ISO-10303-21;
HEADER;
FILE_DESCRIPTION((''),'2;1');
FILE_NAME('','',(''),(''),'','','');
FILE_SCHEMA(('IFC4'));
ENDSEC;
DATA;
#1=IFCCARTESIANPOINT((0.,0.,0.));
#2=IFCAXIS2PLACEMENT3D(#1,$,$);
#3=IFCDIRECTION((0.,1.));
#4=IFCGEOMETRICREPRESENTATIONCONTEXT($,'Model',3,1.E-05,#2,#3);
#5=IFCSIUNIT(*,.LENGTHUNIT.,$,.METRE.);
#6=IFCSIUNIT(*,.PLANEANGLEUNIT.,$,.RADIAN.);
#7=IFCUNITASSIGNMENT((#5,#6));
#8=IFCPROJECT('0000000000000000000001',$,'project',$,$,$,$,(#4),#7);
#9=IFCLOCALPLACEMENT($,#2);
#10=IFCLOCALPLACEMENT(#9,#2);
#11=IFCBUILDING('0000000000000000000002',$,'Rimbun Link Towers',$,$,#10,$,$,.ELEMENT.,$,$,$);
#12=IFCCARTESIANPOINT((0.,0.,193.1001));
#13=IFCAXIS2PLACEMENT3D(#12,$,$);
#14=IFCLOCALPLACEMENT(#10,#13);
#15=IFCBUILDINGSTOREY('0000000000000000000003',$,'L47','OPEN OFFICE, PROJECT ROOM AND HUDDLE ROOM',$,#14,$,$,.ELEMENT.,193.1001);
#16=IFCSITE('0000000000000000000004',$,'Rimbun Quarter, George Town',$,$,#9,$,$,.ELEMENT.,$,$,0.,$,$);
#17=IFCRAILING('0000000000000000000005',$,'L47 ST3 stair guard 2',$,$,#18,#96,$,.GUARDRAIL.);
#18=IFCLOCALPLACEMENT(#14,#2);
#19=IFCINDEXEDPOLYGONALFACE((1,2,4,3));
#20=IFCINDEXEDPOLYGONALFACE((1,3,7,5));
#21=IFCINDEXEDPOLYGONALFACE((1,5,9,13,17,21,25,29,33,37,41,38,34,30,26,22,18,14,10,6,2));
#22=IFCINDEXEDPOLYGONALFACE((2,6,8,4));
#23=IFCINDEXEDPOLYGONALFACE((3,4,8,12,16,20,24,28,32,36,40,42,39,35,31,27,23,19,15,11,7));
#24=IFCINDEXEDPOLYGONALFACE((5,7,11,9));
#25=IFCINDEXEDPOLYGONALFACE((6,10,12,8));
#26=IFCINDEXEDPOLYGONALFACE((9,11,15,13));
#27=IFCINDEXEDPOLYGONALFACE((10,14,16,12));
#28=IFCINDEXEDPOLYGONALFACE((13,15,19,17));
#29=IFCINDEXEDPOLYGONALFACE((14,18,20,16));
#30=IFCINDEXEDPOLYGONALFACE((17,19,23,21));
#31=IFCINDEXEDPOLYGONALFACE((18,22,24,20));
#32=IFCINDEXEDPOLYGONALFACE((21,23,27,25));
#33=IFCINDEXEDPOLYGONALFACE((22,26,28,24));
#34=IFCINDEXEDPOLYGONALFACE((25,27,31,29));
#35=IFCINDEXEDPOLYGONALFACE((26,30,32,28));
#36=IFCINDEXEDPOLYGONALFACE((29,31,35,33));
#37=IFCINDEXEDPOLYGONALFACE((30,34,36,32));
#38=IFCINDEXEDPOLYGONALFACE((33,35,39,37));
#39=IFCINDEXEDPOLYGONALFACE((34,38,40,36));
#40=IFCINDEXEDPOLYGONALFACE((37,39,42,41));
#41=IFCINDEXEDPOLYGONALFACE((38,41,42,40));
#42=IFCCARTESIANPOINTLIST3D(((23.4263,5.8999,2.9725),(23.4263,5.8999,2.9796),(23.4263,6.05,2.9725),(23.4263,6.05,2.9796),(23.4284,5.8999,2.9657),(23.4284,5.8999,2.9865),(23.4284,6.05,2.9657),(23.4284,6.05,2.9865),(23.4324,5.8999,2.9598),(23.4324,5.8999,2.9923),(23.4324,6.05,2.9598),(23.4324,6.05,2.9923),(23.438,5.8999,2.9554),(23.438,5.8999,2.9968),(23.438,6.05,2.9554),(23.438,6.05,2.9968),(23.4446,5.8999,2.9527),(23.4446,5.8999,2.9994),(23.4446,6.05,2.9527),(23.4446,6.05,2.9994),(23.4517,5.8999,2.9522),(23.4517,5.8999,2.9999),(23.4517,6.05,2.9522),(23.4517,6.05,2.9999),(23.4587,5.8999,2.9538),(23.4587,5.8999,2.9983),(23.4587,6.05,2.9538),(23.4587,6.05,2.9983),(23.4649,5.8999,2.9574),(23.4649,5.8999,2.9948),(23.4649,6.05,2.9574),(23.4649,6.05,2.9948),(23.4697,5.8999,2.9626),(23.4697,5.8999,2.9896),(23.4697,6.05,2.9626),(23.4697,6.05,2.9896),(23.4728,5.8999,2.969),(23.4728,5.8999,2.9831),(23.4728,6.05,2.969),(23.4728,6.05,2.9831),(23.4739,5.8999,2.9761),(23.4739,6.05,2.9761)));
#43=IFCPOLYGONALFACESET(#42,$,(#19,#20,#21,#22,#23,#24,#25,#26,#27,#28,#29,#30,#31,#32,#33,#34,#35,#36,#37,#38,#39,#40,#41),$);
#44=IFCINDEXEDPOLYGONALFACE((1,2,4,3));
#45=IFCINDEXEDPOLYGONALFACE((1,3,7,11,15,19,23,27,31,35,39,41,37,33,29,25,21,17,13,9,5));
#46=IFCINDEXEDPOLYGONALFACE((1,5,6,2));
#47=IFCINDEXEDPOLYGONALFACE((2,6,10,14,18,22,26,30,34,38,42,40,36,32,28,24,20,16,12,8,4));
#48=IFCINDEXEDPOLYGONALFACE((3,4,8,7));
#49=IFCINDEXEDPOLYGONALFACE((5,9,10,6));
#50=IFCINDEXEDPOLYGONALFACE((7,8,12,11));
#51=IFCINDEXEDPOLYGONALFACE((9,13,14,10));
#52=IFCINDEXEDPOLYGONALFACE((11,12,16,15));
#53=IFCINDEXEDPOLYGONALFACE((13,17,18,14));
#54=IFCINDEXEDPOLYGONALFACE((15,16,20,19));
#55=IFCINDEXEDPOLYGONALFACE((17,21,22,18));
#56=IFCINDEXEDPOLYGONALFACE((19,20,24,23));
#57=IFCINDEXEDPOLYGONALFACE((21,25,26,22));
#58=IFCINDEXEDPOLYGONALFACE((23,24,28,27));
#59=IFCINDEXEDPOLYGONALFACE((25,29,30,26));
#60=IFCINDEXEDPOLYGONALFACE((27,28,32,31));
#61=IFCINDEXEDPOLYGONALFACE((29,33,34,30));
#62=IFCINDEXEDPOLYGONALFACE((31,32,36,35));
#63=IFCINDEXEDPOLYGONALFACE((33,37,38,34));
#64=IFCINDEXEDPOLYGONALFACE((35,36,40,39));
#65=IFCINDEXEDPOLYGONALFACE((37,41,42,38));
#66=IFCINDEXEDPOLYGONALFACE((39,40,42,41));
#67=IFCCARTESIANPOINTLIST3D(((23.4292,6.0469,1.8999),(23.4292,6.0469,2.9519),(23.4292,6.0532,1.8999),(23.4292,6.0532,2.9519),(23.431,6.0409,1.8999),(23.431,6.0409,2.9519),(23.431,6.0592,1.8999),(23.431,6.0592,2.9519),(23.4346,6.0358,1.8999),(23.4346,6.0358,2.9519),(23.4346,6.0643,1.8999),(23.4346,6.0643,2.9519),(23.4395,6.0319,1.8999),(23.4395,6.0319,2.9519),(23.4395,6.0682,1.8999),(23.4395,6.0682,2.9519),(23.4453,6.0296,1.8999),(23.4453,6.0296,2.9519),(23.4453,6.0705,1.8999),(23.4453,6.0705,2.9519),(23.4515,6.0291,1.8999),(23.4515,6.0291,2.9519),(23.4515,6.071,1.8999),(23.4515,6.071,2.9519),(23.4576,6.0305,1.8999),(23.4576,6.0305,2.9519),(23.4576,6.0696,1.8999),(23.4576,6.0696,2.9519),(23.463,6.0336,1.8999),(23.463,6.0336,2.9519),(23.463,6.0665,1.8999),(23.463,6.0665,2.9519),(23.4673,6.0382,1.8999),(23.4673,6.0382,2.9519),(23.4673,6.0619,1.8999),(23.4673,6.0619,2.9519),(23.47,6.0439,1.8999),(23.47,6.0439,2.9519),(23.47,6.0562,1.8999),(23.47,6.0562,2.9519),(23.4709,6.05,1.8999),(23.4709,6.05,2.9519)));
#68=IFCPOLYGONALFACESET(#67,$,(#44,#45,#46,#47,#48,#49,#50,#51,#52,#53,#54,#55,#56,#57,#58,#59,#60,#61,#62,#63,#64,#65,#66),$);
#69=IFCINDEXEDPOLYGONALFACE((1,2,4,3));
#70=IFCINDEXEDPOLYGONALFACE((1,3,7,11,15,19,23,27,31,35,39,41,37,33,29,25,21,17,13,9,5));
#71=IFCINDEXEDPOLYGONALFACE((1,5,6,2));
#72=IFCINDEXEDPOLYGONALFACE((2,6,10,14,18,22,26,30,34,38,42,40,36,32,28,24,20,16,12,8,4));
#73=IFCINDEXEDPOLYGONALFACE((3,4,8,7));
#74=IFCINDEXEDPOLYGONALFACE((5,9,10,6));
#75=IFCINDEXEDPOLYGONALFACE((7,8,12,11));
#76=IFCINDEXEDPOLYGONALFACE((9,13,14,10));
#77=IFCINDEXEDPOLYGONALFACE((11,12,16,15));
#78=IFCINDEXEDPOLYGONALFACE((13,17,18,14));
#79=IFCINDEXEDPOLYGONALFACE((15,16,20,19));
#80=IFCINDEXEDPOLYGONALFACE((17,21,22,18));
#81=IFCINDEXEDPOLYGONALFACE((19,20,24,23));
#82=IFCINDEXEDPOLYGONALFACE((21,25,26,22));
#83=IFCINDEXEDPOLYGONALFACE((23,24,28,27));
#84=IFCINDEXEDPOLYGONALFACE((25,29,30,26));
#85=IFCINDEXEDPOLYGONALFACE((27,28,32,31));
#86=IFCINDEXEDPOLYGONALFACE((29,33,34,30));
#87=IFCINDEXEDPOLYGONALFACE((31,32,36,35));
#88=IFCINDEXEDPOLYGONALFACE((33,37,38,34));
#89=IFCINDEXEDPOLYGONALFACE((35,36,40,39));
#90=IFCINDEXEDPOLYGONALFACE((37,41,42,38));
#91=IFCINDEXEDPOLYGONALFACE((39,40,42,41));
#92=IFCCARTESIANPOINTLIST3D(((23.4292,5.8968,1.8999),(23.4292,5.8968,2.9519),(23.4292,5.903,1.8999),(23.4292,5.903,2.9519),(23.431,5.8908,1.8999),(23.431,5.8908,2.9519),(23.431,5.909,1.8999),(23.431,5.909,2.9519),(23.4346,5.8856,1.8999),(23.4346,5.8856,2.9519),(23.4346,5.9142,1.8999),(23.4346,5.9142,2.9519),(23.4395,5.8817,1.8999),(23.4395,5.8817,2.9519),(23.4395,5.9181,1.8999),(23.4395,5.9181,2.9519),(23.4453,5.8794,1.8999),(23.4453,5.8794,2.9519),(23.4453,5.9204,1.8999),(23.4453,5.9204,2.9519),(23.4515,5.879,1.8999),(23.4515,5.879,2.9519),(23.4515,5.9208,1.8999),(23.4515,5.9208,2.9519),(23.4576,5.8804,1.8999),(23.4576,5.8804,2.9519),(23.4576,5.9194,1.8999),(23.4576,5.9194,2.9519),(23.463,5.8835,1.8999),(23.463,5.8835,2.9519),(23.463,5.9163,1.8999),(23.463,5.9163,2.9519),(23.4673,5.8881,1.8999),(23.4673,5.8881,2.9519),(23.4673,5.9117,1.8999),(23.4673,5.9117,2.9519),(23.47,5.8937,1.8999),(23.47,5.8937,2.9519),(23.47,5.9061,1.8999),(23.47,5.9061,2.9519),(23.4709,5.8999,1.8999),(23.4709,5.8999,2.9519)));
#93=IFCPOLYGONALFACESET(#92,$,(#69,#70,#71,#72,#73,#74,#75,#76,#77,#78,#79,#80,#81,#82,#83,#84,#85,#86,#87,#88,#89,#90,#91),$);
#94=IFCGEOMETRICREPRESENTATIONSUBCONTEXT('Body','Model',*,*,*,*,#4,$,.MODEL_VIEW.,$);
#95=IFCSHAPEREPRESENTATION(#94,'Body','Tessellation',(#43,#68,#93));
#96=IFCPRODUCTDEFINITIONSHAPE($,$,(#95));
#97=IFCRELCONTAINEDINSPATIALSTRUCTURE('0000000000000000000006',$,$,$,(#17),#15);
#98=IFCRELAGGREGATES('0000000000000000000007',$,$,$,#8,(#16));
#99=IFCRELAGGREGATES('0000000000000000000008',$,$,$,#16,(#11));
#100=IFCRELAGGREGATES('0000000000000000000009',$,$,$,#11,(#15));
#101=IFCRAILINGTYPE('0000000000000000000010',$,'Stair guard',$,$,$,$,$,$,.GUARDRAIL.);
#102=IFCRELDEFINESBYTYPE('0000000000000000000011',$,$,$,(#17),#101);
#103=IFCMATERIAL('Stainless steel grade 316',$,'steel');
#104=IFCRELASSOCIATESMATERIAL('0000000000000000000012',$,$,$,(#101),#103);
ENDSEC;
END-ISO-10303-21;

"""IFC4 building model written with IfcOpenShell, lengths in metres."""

from ifc_helpers import new_model, si_unit, direction, frame, origin, origin_2d, place, context, subcontext, project, spatial, circle, extrude, material, type_object, element, save


model = new_model("IFC4")

# Units and contexts
model_context = context("Model", 3, precision=1e-05, world=origin(), true_north=direction((0.0, 1.0)))
body_context = subcontext(model_context, "Body", "Model", "MODEL_VIEW")
ifc_project = project(units=[si_unit("LENGTHUNIT", "METRE"), si_unit("PLANEANGLEUNIT", "RADIAN")], contexts=[model_context])

# Site, building, storey
site_placement = place(None, origin())
site = spatial("IfcSite", under=ifc_project, at=site_placement, Name="Rimbun Quarter, George Town", CompositionType="ELEMENT", RefElevation=0.0)
building_placement = place(site_placement, origin())
building = spatial("IfcBuilding", under=site, at=building_placement, Name="Rimbun Link Towers", CompositionType="ELEMENT")
storey_placement = place(building_placement, frame((0.0, 0.0, 193.1001)))
storey = spatial("IfcBuildingStorey", under=building, at=storey_placement, Name="L47", Description="OPEN OFFICE, PROJECT ROOM AND HUDDLE ROOM", CompositionType="ELEMENT", Elevation=193.1001)

# Railing
ifc_material_1 = material(Name="Stainless steel grade 316", Category="steel")
railing_type_1 = type_object("IfcRailingType", Name="Stair guard", PredefinedType="GUARDRAIL", material=ifc_material_1)
railing_1_placement = place(storey_placement, frame((23.45, 6.05, 1.8999)))
element("IfcRailing", 1, at=railing_1_placement, inside=storey, type_object=railing_type_1, Name="L47 ST3 stair guard 2", PredefinedType="GUARDRAIL", context=body_context, shape_type="SweptSolid", body=[
    extrude(circle(Radius=0.0239, at=origin_2d()), frame((0.0, 0.0, 1.0762), z_axis=(0.0, -1.0, 0.0), x_axis=(1.0, 0.0, 0.0)), (0.0, 0.0, 1.0), 0.1501),
    extrude(circle(Radius=0.021, at=origin_2d()), origin(), (0.0, 0.0, 1.0), 1.052),
    extrude(circle(Radius=0.021, at=origin_2d()), frame((0.0, -0.1501, 0.0)), (0.0, 0.0, 1.0), 1.052),
])

save(model, "model.ifc")
